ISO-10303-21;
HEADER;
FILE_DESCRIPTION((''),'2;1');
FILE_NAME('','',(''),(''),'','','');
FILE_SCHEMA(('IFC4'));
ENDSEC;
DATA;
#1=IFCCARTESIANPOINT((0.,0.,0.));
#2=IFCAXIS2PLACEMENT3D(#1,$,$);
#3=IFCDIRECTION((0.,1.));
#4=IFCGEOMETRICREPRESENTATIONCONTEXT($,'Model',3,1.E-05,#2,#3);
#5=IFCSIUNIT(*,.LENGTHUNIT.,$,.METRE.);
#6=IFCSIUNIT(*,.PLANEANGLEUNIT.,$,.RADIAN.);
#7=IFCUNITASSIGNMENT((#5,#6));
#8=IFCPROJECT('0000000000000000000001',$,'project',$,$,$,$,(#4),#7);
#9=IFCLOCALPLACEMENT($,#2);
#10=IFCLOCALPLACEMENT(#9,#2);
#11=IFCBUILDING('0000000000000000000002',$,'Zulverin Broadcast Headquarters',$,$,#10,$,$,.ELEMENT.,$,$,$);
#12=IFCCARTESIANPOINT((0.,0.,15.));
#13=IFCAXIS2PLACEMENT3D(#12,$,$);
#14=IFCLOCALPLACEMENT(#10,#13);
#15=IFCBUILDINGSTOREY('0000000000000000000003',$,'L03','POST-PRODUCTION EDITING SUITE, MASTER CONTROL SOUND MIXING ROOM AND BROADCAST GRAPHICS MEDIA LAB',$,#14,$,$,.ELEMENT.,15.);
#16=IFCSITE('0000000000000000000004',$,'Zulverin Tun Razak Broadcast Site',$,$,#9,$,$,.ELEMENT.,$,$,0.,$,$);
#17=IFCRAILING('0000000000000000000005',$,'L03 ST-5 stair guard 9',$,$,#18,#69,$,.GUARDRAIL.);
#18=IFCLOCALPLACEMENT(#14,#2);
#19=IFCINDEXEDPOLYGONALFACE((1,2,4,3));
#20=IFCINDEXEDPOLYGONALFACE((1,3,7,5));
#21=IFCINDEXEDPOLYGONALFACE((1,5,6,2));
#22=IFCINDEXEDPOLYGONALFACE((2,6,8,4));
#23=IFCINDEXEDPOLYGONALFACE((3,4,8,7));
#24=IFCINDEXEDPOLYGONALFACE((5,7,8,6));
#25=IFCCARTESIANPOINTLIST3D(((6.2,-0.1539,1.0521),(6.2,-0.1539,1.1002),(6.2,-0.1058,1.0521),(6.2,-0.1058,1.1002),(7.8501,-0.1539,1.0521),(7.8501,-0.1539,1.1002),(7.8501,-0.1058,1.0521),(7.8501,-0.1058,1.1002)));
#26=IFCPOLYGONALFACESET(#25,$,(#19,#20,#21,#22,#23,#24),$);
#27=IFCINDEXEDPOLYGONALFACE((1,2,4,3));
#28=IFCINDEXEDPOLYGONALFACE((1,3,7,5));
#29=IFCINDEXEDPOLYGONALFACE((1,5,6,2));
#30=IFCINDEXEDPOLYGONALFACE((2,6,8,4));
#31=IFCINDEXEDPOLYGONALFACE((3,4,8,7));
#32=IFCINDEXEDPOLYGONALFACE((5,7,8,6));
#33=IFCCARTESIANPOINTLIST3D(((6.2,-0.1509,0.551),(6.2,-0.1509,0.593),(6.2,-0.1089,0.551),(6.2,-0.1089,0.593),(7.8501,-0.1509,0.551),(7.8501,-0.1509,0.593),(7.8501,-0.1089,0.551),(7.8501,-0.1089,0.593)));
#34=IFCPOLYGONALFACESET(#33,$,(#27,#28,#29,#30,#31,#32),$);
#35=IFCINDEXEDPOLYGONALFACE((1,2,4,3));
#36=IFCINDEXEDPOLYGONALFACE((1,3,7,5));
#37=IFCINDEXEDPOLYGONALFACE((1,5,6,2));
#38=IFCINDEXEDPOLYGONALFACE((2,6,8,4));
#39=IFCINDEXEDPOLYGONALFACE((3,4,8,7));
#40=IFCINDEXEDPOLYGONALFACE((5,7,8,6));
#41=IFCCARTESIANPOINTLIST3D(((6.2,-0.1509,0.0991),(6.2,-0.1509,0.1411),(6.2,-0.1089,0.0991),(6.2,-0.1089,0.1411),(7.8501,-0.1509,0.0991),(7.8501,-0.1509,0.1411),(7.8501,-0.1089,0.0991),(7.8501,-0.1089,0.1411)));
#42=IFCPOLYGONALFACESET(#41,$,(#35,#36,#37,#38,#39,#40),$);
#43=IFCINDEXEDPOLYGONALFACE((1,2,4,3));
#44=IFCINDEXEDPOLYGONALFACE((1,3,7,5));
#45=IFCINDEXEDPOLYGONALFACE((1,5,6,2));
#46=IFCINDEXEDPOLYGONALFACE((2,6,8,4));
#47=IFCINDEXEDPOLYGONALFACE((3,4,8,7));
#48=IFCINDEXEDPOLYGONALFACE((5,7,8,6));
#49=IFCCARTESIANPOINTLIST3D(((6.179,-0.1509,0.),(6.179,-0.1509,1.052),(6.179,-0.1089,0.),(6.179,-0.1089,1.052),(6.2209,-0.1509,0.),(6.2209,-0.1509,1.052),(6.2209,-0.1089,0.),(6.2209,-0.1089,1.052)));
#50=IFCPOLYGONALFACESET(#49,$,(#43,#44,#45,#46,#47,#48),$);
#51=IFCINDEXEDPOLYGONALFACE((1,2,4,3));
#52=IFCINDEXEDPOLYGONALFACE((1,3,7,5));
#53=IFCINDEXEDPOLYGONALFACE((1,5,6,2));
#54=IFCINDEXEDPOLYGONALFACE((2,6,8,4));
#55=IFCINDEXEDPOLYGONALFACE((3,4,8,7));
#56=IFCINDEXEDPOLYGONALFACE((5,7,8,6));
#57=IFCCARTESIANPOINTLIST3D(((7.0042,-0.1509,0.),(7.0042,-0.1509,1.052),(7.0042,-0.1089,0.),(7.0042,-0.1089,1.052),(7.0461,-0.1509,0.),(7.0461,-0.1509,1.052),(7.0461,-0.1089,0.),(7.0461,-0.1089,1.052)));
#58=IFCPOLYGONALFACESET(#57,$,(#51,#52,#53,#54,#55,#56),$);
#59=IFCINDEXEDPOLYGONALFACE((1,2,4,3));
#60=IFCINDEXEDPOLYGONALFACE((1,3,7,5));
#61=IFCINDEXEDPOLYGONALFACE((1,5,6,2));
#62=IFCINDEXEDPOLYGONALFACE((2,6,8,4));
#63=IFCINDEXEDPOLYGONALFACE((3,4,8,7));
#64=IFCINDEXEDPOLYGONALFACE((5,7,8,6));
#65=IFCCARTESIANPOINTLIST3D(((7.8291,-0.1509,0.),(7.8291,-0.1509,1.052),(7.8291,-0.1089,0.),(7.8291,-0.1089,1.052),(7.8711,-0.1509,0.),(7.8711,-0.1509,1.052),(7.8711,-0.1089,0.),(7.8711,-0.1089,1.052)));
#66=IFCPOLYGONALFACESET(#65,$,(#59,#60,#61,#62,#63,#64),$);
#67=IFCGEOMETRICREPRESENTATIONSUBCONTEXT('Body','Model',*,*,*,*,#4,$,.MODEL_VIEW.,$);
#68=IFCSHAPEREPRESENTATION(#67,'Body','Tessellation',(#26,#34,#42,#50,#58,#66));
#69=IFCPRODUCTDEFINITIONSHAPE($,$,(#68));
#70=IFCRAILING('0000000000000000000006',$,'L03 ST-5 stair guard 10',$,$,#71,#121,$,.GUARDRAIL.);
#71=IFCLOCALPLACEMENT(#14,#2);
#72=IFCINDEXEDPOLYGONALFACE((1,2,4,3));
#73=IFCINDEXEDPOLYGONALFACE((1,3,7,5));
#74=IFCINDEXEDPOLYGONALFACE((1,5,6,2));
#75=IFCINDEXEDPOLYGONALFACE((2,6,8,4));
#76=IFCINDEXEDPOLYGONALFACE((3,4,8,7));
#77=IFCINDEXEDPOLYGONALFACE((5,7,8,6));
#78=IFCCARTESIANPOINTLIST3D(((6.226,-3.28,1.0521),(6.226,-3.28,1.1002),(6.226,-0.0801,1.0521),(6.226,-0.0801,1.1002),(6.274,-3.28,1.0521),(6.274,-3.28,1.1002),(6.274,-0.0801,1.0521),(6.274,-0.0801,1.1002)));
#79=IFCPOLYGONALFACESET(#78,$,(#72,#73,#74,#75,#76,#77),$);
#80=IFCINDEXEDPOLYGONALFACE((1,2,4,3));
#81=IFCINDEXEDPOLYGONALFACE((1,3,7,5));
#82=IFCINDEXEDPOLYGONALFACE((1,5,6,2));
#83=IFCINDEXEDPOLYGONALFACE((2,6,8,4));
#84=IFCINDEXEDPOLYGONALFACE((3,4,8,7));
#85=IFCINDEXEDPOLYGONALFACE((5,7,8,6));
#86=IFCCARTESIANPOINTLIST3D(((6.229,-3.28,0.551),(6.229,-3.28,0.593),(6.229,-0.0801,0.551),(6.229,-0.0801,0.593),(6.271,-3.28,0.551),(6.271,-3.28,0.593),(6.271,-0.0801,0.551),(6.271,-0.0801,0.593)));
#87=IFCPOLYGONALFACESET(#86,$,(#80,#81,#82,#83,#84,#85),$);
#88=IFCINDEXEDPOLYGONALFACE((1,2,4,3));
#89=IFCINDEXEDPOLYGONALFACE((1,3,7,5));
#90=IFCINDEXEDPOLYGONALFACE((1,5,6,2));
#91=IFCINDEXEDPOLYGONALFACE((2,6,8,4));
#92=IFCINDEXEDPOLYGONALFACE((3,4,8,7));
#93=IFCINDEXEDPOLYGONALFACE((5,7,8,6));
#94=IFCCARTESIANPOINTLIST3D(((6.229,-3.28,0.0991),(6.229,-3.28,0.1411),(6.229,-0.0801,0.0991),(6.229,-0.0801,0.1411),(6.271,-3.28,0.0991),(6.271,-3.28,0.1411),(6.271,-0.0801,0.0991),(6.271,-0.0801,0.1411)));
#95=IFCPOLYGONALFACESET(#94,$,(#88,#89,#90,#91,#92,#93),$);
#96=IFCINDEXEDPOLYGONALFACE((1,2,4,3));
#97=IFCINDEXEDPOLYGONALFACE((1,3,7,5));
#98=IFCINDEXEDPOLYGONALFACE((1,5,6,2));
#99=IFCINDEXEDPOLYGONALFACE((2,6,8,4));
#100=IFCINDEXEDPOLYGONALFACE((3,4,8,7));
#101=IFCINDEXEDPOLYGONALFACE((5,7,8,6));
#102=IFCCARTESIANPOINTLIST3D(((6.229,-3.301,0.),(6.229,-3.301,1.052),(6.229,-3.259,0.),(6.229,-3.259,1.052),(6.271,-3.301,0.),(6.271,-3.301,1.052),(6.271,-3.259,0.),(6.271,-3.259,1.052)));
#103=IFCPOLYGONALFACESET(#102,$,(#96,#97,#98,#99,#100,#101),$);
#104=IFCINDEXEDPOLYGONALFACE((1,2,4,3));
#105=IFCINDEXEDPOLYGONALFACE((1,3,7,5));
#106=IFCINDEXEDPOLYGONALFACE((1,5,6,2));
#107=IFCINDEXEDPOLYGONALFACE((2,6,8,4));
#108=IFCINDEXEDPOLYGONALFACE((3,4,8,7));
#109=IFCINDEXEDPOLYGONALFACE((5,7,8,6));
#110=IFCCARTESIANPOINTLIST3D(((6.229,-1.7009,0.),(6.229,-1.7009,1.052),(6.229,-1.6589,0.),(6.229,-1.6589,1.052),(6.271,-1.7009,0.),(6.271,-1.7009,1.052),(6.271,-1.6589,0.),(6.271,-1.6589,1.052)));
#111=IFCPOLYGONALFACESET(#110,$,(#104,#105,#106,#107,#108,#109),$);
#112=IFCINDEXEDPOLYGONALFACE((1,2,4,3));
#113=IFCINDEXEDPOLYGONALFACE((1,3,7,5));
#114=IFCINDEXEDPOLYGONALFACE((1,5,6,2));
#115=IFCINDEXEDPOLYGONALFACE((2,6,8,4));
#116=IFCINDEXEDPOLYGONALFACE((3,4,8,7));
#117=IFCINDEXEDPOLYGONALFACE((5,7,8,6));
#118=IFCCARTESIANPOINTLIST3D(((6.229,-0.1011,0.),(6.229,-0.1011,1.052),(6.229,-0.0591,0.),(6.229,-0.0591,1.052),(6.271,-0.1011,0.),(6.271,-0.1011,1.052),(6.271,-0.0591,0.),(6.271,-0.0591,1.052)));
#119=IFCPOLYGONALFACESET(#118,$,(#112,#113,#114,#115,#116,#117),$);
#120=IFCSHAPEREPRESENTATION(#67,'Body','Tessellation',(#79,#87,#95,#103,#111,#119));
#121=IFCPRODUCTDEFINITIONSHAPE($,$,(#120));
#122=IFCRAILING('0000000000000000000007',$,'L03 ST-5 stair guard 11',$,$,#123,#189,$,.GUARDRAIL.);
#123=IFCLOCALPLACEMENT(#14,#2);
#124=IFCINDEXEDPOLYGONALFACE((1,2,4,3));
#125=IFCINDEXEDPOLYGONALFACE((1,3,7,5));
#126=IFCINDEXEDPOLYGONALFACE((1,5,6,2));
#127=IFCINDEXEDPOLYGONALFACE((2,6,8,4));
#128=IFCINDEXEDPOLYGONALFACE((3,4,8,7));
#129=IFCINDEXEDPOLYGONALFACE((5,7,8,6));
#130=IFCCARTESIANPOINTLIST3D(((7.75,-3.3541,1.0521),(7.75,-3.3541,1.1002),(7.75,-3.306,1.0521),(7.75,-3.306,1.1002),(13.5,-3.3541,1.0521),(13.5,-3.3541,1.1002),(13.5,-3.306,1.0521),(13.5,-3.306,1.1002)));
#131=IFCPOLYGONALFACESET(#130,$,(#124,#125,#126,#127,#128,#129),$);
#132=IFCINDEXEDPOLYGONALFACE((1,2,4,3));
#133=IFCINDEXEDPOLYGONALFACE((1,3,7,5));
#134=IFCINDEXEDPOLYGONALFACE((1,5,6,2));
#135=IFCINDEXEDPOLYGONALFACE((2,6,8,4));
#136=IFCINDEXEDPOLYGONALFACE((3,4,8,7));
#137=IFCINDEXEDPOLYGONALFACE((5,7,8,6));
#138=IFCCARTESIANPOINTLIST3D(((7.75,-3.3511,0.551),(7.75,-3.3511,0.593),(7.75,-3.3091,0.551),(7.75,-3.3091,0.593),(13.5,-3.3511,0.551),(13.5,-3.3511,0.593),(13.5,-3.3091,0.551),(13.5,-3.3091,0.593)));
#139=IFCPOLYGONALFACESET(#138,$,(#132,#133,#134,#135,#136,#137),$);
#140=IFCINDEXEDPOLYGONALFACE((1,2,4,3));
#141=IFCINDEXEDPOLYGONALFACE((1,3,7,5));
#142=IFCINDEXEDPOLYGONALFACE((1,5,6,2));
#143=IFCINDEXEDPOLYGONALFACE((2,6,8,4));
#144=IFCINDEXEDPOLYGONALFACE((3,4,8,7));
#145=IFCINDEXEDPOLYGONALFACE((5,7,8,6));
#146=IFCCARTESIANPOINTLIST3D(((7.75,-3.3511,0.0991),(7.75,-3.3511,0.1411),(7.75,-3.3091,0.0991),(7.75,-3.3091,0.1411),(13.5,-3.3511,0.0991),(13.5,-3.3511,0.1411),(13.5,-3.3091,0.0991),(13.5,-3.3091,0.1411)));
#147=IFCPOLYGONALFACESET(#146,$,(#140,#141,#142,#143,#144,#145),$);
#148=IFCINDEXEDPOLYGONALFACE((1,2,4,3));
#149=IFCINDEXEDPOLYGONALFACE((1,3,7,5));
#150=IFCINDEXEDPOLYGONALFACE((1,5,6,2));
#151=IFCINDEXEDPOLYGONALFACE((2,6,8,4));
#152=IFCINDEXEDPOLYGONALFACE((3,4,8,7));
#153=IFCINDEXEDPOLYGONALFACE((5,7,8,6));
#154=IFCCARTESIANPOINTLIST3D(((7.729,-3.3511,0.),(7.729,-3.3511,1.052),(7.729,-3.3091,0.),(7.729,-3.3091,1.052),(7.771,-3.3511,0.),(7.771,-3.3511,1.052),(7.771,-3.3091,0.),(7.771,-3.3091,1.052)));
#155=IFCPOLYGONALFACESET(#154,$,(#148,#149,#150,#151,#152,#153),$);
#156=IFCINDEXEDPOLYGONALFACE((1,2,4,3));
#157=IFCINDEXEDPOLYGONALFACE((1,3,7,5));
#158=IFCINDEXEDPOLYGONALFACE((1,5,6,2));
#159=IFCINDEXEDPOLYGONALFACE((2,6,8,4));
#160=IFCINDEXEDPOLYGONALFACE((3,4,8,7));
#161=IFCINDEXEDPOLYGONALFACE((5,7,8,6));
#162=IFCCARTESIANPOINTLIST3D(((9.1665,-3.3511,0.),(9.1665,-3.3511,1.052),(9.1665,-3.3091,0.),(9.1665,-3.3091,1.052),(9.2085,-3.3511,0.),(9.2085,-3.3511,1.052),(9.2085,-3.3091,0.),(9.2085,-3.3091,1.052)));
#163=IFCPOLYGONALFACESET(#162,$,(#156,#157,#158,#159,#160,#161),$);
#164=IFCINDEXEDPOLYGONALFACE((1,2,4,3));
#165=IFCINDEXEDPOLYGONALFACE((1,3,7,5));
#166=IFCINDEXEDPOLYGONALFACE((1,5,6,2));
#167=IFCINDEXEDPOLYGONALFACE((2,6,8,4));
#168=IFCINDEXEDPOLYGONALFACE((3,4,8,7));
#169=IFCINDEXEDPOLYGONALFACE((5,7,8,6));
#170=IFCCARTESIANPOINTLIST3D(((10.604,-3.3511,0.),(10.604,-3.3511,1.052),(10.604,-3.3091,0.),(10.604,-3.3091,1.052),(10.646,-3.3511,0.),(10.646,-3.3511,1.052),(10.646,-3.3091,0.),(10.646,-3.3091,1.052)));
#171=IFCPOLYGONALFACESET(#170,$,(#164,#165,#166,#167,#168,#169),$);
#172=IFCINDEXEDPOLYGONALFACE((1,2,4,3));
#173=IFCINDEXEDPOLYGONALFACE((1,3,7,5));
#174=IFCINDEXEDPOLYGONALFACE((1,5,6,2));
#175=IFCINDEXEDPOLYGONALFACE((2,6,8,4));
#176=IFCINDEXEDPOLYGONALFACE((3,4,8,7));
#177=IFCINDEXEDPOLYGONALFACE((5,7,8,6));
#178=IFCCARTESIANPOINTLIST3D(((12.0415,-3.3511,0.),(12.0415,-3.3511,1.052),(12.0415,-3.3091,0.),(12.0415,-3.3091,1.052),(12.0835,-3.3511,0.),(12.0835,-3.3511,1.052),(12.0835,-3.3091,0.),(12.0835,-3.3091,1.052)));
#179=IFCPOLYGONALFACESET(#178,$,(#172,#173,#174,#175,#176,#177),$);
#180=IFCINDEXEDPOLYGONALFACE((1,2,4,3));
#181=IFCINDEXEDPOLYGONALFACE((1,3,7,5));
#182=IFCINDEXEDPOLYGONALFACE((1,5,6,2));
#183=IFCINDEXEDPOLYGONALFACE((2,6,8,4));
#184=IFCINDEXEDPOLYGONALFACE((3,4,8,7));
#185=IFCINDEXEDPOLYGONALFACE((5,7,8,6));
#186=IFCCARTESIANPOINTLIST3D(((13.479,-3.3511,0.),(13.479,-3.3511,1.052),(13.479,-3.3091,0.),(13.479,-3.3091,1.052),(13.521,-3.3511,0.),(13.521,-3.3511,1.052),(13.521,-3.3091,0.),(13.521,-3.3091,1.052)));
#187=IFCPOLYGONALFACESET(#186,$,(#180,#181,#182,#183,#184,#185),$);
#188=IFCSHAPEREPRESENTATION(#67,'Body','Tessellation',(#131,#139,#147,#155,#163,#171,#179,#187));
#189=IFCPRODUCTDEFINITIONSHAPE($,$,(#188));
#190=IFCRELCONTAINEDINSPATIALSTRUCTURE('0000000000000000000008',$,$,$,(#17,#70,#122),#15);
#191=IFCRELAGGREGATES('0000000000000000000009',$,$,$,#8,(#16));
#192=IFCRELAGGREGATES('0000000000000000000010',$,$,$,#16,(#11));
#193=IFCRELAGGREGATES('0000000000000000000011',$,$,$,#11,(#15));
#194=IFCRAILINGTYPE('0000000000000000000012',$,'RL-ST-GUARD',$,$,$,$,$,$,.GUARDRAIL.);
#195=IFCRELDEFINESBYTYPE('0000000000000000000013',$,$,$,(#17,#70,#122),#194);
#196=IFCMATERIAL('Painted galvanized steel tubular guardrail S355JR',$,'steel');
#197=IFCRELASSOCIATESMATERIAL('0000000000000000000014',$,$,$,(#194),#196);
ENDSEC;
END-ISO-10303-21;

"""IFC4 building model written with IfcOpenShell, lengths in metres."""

from ifc_helpers import new_model, si_unit, direction, frame, origin, origin_2d, place, context, subcontext, project, spatial, rectangle, extrude, material, type_object, element, save


model = new_model("IFC4")

# Units and contexts
model_context = context("Model", 3, precision=1e-05, world=origin(), true_north=direction((0.0, 1.0)))
body_context = subcontext(model_context, "Body", "Model", "MODEL_VIEW")
ifc_project = project(units=[si_unit("LENGTHUNIT", "METRE"), si_unit("PLANEANGLEUNIT", "RADIAN")], contexts=[model_context])

# Site, building, storey
site_placement = place(None, origin())
site = spatial("IfcSite", under=ifc_project, at=site_placement, Name="Zulverin Tun Razak Broadcast Site", CompositionType="ELEMENT", RefElevation=0.0)
building_placement = place(site_placement, origin())
building = spatial("IfcBuilding", under=site, at=building_placement, Name="Zulverin Broadcast Headquarters", CompositionType="ELEMENT")
storey_placement = place(building_placement, frame((0.0, 0.0, 15.0)))
storey = spatial("IfcBuildingStorey", under=building, at=storey_placement, Name="L03", Description="POST-PRODUCTION EDITING SUITE, MASTER CONTROL SOUND MIXING ROOM AND BROADCAST GRAPHICS MEDIA LAB", CompositionType="ELEMENT", Elevation=15.0)

# Railings
ifc_material_1 = material(Name="Painted galvanized steel tubular guardrail S355JR", Category="steel")
railing_type = type_object("IfcRailingType", Name="RL-ST-GUARD", PredefinedType="GUARDRAIL", material=ifc_material_1)
for number, where, name in (
    (1, (6.2, -0.1299, 0.0), "L03 ST-5 stair guard 9"),
):
    element("IfcRailing", number, at=place(storey_placement, frame(where)), inside=storey, type_object=railing_type, Name=name, PredefinedType="GUARDRAIL", context=body_context, shape_type="SweptSolid", body=[
        extrude(rectangle(XDim=0.0481, YDim=0.0481, at=origin_2d()), frame((0.0, 0.0, 1.0762), z_axis=(1.0, 0.0, 0.0), x_axis=(0.0, 1.0, 0.0)), (0.0, 0.0, 1.0), 1.6501),
        extrude(rectangle(XDim=0.042, YDim=0.042, at=origin_2d()), frame((0.0, 0.0, 0.572), z_axis=(1.0, 0.0, 0.0), x_axis=(0.0, 1.0, 0.0)), (0.0, 0.0, 1.0), 1.6501),
        extrude(rectangle(XDim=0.042, YDim=0.042, at=origin_2d()), frame((0.0, 0.0, 0.1201), z_axis=(1.0, 0.0, 0.0), x_axis=(0.0, 1.0, 0.0)), (0.0, 0.0, 1.0), 1.6501),
        extrude(rectangle(XDim=0.042, YDim=0.042, at=origin_2d()), origin(), (0.0, 0.0, 1.0), 1.052),
        extrude(rectangle(XDim=0.042, YDim=0.042, at=origin_2d()), frame((0.8252, 0.0, 0.0)), (0.0, 0.0, 1.0), 1.052),
        extrude(rectangle(XDim=0.042, YDim=0.042, at=origin_2d()), frame((1.6501, 0.0, 0.0)), (0.0, 0.0, 1.0), 1.052),
    ])
railing_1_placement = place(storey_placement, frame((6.25, -3.28, 0.0)))
element("IfcRailing", 2, at=railing_1_placement, inside=storey, type_object=railing_type, Name="L03 ST-5 stair guard 10", PredefinedType="GUARDRAIL", context=body_context, shape_type="SweptSolid", body=[
    extrude(rectangle(XDim=0.0481, YDim=0.0481, at=origin_2d()), frame((0.0, 0.0, 1.0762), z_axis=(0.0, 1.0, 0.0), x_axis=(-1.0, 0.0, 0.0)), (0.0, 0.0, 1.0), 3.2),
    extrude(rectangle(XDim=0.042, YDim=0.042, at=origin_2d()), frame((0.0, 0.0, 0.572), z_axis=(0.0, 1.0, 0.0), x_axis=(-1.0, 0.0, 0.0)), (0.0, 0.0, 1.0), 3.2),
    extrude(rectangle(XDim=0.042, YDim=0.042, at=origin_2d()), frame((0.0, 0.0, 0.1201), z_axis=(0.0, 1.0, 0.0), x_axis=(-1.0, 0.0, 0.0)), (0.0, 0.0, 1.0), 3.2),
    extrude(rectangle(XDim=0.042, YDim=0.042, at=origin_2d()), origin(), (0.0, 0.0, 1.0), 1.052),
    extrude(rectangle(XDim=0.042, YDim=0.042, at=origin_2d()), frame((0.0, 1.6001, 0.0)), (0.0, 0.0, 1.0), 1.052),
    extrude(rectangle(XDim=0.042, YDim=0.042, at=origin_2d()), frame((0.0, 3.2, 0.0)), (0.0, 0.0, 1.0), 1.052),
])
railing_2_placement = place(storey_placement, frame((7.75, -3.3301, 0.0)))
element("IfcRailing", 3, at=railing_2_placement, inside=storey, type_object=railing_type, Name="L03 ST-5 stair guard 11", PredefinedType="GUARDRAIL", context=body_context, shape_type="SweptSolid", body=[
    extrude(rectangle(XDim=0.0481, YDim=0.0481, at=origin_2d()), frame((0.0, 0.0, 1.0762), z_axis=(1.0, 0.0, 0.0), x_axis=(0.0, 1.0, 0.0)), (0.0, 0.0, 1.0), 5.75),
    extrude(rectangle(XDim=0.042, YDim=0.042, at=origin_2d()), frame((0.0, 0.0, 0.572), z_axis=(1.0, 0.0, 0.0), x_axis=(0.0, 1.0, 0.0)), (0.0, 0.0, 1.0), 5.75),
    extrude(rectangle(XDim=0.042, YDim=0.042, at=origin_2d()), frame((0.0, 0.0, 0.1201), z_axis=(1.0, 0.0, 0.0), x_axis=(0.0, 1.0, 0.0)), (0.0, 0.0, 1.0), 5.75),
    extrude(rectangle(XDim=0.042, YDim=0.042, at=origin_2d()), origin(), (0.0, 0.0, 1.0), 1.052),
    extrude(rectangle(XDim=0.042, YDim=0.042, at=origin_2d()), frame((1.4375, 0.0, 0.0)), (0.0, 0.0, 1.0), 1.052),
    extrude(rectangle(XDim=0.042, YDim=0.042, at=origin_2d()), frame((2.875, 0.0, 0.0)), (0.0, 0.0, 1.0), 1.052),
    extrude(rectangle(XDim=0.042, YDim=0.042, at=origin_2d()), frame((4.3125, 0.0, 0.0)), (0.0, 0.0, 1.0), 1.052),
    extrude(rectangle(XDim=0.042, YDim=0.042, at=origin_2d()), frame((5.75, 0.0, 0.0)), (0.0, 0.0, 1.0), 1.052),
])

save(model, "model.ifc")
